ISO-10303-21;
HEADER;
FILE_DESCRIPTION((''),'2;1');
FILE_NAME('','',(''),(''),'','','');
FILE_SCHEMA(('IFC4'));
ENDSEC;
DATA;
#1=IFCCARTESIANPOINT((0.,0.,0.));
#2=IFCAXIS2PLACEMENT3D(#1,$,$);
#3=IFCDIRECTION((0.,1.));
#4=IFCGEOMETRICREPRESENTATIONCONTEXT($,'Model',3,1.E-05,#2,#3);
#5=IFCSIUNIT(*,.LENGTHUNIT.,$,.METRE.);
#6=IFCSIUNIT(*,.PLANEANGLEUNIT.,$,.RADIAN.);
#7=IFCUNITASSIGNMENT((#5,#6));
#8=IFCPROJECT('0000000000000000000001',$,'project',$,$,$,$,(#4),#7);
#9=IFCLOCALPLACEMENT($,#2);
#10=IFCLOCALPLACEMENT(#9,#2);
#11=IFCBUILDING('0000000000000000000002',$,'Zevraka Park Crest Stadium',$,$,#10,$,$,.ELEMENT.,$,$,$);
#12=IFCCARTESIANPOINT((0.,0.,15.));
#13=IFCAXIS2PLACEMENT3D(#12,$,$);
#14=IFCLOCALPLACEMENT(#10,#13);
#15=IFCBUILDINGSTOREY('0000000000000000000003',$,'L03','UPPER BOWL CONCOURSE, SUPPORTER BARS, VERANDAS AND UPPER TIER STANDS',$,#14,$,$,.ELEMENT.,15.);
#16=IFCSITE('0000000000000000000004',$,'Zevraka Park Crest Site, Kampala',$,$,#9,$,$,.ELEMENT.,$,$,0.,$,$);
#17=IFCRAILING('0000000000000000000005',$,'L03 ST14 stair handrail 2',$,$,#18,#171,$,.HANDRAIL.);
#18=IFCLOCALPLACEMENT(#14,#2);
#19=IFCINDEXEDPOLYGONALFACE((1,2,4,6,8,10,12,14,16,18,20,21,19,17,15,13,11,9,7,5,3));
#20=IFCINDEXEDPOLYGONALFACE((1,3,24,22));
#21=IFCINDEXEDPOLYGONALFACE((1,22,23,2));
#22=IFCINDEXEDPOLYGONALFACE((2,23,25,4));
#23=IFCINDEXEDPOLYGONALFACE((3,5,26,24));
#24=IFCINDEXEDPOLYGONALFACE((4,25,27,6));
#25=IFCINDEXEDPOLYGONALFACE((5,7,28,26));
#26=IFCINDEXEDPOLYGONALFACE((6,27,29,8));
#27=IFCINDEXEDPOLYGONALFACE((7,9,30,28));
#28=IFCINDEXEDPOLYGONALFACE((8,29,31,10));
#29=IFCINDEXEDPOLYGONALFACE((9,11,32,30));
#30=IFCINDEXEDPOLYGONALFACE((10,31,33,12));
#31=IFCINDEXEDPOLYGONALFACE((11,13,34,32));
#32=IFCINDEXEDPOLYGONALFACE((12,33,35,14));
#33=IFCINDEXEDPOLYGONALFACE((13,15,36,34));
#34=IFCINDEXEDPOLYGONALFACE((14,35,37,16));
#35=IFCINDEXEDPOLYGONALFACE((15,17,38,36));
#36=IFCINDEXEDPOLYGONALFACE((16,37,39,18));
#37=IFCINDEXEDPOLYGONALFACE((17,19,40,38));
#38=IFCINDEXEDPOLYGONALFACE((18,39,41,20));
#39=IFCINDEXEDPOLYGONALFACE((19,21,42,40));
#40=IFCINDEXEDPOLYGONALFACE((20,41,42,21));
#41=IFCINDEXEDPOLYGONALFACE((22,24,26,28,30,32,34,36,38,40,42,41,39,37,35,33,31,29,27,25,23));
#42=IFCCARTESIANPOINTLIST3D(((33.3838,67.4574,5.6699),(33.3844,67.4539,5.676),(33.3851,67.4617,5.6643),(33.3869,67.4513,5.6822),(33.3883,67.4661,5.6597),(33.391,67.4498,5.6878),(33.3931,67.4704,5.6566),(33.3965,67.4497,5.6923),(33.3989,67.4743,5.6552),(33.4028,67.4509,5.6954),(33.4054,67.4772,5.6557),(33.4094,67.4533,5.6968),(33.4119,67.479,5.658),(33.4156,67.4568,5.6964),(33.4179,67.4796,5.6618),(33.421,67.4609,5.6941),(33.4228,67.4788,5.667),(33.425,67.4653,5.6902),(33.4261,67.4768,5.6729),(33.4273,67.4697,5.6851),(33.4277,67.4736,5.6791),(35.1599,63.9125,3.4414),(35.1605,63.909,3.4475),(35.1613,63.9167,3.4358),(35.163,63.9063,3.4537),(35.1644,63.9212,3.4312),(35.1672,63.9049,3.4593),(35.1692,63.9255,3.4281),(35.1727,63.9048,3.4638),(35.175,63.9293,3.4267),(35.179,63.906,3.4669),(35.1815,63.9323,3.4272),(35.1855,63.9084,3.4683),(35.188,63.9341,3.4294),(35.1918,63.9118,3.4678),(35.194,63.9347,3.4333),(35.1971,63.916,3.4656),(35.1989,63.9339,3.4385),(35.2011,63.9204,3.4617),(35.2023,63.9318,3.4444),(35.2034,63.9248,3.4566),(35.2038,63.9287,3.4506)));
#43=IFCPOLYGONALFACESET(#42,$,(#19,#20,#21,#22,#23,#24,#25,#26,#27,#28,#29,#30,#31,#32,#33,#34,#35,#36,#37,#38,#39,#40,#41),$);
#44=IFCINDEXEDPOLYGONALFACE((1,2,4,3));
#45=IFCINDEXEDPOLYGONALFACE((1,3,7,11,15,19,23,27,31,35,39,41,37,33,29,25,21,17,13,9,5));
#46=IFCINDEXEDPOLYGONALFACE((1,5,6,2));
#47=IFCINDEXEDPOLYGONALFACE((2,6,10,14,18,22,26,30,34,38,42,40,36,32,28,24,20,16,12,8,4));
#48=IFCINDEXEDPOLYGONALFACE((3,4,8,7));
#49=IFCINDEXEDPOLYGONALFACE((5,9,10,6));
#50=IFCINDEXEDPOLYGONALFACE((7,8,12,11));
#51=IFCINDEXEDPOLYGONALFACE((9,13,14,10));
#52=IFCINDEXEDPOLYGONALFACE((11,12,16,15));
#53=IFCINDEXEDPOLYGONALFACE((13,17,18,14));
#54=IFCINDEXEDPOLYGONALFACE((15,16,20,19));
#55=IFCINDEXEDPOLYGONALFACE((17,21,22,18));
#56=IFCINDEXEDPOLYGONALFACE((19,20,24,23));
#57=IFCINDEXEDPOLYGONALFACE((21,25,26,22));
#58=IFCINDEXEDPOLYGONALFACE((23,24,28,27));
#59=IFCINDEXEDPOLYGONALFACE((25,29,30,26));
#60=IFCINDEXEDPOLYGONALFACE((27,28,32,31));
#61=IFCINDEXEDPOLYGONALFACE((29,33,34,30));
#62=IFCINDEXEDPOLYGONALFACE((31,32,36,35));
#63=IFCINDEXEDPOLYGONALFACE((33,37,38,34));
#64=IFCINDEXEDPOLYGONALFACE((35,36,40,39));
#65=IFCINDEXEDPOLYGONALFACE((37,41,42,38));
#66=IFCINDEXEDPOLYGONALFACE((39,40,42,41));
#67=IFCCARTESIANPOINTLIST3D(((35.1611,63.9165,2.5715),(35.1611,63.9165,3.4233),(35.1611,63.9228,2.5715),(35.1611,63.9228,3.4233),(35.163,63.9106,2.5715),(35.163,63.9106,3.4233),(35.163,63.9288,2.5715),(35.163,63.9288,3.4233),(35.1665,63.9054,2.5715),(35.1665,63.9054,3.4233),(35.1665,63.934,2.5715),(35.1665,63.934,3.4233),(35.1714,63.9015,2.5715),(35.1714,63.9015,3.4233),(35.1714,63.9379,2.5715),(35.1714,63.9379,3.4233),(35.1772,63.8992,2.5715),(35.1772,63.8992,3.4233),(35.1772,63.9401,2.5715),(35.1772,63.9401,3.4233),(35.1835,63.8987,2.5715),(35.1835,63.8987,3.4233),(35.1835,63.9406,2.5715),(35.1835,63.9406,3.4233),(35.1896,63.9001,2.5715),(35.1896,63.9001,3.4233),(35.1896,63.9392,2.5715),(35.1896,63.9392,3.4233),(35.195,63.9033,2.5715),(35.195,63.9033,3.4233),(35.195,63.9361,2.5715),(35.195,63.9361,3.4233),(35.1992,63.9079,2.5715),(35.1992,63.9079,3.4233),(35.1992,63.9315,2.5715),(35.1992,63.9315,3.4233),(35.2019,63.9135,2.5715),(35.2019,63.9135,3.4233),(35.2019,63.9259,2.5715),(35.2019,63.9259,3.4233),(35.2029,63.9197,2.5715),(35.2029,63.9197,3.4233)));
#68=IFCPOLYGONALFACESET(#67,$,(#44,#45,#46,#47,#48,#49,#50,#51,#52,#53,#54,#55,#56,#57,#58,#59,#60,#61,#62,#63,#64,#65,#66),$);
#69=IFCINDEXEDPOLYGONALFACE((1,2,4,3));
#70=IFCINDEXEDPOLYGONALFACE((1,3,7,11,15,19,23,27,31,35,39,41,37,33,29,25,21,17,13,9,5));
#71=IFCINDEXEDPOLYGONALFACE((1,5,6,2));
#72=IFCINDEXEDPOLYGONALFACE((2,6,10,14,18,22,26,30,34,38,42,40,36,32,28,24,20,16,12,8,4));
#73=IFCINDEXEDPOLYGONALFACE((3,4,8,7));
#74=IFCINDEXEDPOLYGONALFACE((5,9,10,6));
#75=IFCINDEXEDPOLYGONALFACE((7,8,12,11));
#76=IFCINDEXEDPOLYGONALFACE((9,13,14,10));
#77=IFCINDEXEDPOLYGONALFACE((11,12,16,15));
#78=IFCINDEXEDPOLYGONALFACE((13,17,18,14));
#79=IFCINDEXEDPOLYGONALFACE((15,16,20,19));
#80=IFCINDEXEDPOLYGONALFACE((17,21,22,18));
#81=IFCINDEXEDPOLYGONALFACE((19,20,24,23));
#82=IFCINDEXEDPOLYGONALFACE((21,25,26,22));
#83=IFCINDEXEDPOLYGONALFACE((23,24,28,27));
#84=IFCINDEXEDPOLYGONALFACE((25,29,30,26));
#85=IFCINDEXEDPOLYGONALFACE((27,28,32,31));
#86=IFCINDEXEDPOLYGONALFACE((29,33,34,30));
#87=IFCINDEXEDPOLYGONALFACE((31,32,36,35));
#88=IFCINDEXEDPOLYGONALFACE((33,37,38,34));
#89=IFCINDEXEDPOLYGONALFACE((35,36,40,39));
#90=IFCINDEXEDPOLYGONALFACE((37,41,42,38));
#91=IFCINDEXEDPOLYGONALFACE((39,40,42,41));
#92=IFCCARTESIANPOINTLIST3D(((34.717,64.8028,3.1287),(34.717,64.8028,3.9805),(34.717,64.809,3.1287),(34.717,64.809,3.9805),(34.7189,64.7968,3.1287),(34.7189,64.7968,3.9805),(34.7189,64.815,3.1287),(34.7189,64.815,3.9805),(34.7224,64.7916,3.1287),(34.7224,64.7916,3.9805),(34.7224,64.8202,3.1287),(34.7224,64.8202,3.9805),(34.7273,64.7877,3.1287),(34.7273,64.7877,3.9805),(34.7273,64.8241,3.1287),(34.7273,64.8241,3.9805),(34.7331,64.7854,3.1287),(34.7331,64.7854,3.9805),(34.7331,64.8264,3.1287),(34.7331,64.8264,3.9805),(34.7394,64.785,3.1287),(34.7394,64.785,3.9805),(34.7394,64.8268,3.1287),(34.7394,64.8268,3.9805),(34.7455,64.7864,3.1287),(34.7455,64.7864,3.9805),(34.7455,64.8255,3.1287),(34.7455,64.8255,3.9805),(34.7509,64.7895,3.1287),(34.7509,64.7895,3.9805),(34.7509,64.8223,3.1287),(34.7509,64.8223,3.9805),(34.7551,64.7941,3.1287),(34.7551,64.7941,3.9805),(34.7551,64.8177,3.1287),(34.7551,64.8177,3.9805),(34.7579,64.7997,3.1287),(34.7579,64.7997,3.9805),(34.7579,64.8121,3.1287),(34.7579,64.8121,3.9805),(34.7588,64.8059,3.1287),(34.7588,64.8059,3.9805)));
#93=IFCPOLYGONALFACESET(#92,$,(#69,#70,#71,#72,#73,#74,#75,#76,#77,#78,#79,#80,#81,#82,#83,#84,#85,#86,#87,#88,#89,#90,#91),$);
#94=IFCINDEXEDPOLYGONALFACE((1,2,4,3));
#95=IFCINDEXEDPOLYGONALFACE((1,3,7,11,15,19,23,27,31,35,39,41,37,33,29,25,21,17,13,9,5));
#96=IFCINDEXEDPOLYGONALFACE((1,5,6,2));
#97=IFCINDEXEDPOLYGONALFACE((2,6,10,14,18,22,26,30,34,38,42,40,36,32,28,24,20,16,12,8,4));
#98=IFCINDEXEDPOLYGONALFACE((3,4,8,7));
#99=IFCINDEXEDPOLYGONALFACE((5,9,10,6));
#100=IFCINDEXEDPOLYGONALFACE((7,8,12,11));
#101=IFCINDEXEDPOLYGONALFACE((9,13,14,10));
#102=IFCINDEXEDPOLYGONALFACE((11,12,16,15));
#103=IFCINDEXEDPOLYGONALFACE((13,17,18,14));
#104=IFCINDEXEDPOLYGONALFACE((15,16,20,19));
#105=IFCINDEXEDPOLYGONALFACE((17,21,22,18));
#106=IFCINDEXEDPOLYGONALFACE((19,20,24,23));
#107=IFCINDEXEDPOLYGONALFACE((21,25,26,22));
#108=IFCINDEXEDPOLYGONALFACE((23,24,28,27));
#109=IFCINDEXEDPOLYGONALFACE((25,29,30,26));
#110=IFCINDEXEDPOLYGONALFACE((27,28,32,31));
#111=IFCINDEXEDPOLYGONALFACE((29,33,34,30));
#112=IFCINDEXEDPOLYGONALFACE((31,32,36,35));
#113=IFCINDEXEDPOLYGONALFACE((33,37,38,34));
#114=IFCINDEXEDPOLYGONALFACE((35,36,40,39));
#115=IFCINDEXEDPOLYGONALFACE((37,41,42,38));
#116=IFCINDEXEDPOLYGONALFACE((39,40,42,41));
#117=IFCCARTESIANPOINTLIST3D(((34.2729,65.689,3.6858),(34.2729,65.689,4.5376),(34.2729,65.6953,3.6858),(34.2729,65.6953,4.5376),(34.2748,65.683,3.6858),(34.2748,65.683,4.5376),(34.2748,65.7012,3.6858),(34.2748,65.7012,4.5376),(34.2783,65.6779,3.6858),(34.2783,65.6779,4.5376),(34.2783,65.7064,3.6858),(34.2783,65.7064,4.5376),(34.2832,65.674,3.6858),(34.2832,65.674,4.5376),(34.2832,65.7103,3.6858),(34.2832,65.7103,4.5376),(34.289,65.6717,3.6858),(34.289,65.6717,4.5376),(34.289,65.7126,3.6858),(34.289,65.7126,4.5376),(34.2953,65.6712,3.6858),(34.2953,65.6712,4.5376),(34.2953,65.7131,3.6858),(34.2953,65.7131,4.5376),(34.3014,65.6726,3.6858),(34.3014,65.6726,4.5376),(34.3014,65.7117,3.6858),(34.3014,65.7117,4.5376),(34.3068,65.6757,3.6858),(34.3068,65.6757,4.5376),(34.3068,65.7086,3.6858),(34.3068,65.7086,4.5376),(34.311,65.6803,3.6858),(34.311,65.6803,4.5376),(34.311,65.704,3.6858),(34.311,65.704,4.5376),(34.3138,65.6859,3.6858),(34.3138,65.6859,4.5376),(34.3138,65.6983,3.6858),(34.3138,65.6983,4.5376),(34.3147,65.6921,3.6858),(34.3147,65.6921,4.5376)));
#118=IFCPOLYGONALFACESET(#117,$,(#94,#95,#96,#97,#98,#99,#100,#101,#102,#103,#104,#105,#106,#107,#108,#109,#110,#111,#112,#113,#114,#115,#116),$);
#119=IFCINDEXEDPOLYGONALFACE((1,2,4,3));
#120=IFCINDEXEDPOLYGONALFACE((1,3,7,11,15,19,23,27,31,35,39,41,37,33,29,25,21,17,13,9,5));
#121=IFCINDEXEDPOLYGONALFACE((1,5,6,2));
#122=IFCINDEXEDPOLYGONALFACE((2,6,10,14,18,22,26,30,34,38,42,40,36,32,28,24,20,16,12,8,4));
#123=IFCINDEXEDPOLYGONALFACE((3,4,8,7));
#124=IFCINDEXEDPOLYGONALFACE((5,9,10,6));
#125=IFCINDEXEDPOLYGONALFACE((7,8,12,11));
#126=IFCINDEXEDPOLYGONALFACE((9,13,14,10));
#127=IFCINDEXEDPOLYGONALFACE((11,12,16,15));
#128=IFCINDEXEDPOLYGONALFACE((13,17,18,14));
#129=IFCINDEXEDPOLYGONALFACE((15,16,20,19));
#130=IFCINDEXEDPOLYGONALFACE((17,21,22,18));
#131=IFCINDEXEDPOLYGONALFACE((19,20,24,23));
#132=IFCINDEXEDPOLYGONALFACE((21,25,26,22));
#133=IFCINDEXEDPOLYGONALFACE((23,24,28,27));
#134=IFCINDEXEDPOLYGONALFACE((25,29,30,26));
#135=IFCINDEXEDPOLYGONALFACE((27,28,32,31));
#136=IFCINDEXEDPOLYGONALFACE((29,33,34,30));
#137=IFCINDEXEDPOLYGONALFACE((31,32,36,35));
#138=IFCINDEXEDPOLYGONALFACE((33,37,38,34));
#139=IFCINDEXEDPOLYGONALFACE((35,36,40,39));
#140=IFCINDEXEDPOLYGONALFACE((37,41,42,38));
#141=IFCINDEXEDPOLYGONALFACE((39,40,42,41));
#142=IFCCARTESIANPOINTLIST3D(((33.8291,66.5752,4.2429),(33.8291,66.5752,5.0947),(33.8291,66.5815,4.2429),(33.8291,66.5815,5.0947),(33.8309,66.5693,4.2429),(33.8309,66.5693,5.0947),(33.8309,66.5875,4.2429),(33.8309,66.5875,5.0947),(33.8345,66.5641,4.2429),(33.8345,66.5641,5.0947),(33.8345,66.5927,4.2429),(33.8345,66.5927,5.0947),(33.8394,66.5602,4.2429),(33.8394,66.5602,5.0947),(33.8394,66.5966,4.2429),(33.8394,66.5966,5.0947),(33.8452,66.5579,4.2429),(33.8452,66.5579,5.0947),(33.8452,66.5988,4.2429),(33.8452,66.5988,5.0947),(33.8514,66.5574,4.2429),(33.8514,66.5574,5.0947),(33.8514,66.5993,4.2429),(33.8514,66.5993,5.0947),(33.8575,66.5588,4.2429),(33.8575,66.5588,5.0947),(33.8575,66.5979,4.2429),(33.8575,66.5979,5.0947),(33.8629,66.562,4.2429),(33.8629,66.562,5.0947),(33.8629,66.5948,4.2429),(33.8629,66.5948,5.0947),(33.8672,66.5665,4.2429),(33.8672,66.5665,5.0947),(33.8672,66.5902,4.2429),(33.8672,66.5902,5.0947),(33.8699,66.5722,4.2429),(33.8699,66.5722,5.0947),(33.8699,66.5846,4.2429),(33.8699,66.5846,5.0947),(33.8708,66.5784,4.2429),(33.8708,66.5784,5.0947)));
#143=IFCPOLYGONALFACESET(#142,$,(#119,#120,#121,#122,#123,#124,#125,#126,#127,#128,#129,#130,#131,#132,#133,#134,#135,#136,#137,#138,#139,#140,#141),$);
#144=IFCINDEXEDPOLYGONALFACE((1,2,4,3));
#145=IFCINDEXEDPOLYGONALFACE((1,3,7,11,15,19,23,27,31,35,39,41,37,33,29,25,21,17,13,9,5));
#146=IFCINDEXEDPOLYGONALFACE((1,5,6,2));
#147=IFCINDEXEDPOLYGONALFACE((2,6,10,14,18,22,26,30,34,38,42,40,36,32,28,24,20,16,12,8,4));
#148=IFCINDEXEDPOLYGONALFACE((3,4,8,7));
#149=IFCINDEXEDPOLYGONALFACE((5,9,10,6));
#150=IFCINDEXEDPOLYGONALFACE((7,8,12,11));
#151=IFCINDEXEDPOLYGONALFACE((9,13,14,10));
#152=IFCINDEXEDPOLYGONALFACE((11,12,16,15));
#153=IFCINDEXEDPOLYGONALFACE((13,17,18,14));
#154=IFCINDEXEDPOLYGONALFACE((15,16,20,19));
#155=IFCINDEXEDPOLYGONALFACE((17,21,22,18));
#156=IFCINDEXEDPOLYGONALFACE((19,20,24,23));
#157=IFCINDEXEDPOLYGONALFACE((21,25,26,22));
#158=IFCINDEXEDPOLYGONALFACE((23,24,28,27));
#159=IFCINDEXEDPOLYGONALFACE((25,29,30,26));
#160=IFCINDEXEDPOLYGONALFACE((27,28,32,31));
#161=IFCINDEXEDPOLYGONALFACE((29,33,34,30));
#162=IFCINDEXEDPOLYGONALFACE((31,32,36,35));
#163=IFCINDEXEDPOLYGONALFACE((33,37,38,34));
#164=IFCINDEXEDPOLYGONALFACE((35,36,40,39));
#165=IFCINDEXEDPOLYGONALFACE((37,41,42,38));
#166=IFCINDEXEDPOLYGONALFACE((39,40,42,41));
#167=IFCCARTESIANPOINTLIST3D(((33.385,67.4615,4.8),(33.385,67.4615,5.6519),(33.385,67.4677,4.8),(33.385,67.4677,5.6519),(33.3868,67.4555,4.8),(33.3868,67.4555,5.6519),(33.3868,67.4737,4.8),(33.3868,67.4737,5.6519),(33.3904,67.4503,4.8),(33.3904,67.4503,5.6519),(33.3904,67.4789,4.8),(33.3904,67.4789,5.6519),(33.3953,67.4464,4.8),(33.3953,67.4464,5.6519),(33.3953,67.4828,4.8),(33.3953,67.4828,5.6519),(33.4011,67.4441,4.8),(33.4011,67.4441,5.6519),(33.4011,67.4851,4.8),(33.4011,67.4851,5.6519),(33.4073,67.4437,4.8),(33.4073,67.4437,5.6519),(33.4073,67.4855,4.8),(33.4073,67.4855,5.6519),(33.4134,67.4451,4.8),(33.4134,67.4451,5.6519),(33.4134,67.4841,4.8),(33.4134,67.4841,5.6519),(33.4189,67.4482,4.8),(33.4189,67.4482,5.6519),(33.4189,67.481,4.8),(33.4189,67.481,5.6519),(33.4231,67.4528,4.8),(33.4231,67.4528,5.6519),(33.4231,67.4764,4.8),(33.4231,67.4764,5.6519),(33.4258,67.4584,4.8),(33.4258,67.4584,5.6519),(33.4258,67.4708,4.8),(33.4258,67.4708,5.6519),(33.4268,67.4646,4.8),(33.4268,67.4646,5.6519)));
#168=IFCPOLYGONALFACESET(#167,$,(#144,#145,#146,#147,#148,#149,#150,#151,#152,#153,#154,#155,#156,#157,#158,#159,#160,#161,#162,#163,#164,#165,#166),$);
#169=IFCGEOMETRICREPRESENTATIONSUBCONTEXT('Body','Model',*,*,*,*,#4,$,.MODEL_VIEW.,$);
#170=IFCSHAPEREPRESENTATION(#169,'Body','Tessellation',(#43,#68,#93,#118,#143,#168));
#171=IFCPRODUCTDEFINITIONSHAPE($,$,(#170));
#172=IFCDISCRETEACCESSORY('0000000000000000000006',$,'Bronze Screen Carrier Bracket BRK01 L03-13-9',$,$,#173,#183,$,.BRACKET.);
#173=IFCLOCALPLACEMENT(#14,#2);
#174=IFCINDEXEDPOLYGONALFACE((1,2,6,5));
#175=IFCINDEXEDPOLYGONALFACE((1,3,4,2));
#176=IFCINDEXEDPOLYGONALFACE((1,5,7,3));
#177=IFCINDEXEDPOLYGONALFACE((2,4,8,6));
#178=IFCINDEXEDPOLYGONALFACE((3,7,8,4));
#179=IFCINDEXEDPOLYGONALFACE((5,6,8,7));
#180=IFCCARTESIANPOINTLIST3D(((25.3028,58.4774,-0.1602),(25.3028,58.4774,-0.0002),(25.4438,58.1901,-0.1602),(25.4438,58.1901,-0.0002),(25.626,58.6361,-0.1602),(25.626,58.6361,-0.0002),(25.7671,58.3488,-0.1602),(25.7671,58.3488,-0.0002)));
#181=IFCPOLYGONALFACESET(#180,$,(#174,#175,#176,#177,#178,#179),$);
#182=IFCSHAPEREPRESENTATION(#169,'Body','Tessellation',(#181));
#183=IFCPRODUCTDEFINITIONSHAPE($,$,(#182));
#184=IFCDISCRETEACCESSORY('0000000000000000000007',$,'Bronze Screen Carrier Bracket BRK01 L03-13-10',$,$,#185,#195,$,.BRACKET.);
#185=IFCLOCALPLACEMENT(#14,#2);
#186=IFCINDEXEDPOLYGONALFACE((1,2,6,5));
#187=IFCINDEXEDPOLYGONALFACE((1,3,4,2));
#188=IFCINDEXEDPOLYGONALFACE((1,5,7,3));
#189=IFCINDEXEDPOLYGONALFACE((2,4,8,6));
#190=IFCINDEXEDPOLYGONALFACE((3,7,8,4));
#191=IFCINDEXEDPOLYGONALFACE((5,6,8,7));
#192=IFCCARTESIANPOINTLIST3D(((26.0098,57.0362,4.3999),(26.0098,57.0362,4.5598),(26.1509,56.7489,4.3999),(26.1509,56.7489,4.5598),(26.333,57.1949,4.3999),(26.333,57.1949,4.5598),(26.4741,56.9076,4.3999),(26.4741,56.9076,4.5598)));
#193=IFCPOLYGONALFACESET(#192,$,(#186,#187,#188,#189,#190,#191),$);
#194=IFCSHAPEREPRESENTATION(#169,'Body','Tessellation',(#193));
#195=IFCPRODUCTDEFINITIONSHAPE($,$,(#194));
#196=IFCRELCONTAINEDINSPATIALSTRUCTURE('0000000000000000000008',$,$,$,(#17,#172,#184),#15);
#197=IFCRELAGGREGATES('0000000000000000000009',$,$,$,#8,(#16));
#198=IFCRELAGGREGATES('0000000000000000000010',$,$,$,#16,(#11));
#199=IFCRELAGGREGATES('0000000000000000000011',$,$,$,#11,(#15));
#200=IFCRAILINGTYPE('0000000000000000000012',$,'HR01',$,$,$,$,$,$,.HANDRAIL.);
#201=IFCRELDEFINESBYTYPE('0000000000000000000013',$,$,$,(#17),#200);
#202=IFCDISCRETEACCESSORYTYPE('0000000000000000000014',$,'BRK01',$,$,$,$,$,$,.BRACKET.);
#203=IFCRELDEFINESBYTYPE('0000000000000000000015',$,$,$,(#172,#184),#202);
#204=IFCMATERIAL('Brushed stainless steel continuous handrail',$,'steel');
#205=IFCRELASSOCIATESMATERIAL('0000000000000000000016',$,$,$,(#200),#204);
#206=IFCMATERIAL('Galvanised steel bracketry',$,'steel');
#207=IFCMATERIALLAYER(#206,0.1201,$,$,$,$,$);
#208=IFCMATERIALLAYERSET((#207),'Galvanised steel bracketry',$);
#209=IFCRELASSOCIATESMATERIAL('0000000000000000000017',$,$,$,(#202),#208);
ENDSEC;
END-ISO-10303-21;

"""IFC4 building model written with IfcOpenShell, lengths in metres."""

from ifc_helpers import new_model, si_unit, direction, frame, origin, origin_2d, place, context, subcontext, project, spatial, rectangle, circle, extrude, material, layer, layer_set, type_object, element, save


model = new_model("IFC4")

# Units and contexts
model_context = context("Model", 3, precision=1e-05, world=origin(), true_north=direction((0.0, 1.0)))
body_context = subcontext(model_context, "Body", "Model", "MODEL_VIEW")
ifc_project = project(units=[si_unit("LENGTHUNIT", "METRE"), si_unit("PLANEANGLEUNIT", "RADIAN")], contexts=[model_context])

# Site, building, storey
site_placement = place(None, origin())
site = spatial("IfcSite", under=ifc_project, at=site_placement, Name="Zevraka Park Crest Site, Kampala", CompositionType="ELEMENT", RefElevation=0.0)
building_placement = place(site_placement, origin())
building = spatial("IfcBuilding", under=site, at=building_placement, Name="Zevraka Park Crest Stadium", CompositionType="ELEMENT")
storey_placement = place(building_placement, frame((0.0, 0.0, 15.0)))
storey = spatial("IfcBuildingStorey", under=building, at=storey_placement, Name="L03", Description="UPPER BOWL CONCOURSE, SUPPORTER BARS, VERANDAS AND UPPER TIER STANDS", CompositionType="ELEMENT", Elevation=15.0)

# Railing
ifc_material_1 = material(Name="Brushed stainless steel continuous handrail", Category="steel")
railing_type_1 = type_object("IfcRailingType", Name="HR01", PredefinedType="HANDRAIL", material=ifc_material_1)
railing_1_placement = place(storey_placement, frame((35.1819, 63.9197, 2.5715)))
element("IfcRailing", 1, at=railing_1_placement, inside=storey, type_object=railing_type_1, Name="L03 ST14 stair handrail 2", PredefinedType="HANDRAIL", context=body_context, shape_type="SweptSolid", body=[
    extrude(circle(Radius=0.0239, at=origin_2d()), frame((0.0, 0.0, 0.876), z_axis=(-0.390499, 0.779389, 0.489963), x_axis=(-0.894057, -0.447952, 0.0)), (0.0, 0.0, 1.0), 4.5483),
    extrude(circle(Radius=0.021, at=origin_2d()), origin(), (0.0, 0.0, 1.0), 0.8518),
    extrude(circle(Radius=0.021, at=origin_2d()), frame((-0.4441, 0.8862, 0.5571)), (0.0, 0.0, 1.0), 0.8518),
    extrude(circle(Radius=0.021, at=origin_2d()), frame((-0.8882, 1.7725, 1.1143)), (0.0, 0.0, 1.0), 0.8518),
    extrude(circle(Radius=0.021, at=origin_2d()), frame((-1.332, 2.6587, 1.6714)), (0.0, 0.0, 1.0), 0.8518),
    extrude(circle(Radius=0.021, at=origin_2d()), frame((-1.7761, 3.5449, 2.2285)), (0.0, 0.0, 1.0), 0.8518),
])

# Discrete accessories
ifc_material_2 = material(Name="Galvanised steel bracketry", Category="steel")
ifc_layer_1 = layer(ifc_material_2, 0.1201)
ifc_layer_set_1 = layer_set([ifc_layer_1], Name="Galvanised steel bracketry")
discrete_accessory_type = type_object("IfcDiscreteAccessoryType", Name="BRK01", PredefinedType="BRACKET", material=ifc_layer_set_1)
for number, where, z_axis, x_axis, name in (
    (2, (25.5349, 58.4131, -0.1602), (0.0, 0.0, 1.0), (0.440723, -0.897643, 0.0), "Bronze Screen Carrier Bracket BRK01 L03-13-9"),
    (3, (26.2419, 56.9719, 4.3999), (0.0, 0.0, 1.0), (0.440723, -0.897643, 0.0), "Bronze Screen Carrier Bracket BRK01 L03-13-10"),
):
    element("IfcDiscreteAccessory", number, at=place(storey_placement, frame(where, z_axis=z_axis, x_axis=x_axis)), inside=storey, type_object=discrete_accessory_type, Name=name, PredefinedType="BRACKET", context=body_context, shape_type="SweptSolid", body=[
        extrude(rectangle(XDim=0.3201, YDim=0.3601, at=origin_2d()), origin(), (0.0, 0.0, 1.0), 0.1599),
    ])

save(model, "model.ifc")
